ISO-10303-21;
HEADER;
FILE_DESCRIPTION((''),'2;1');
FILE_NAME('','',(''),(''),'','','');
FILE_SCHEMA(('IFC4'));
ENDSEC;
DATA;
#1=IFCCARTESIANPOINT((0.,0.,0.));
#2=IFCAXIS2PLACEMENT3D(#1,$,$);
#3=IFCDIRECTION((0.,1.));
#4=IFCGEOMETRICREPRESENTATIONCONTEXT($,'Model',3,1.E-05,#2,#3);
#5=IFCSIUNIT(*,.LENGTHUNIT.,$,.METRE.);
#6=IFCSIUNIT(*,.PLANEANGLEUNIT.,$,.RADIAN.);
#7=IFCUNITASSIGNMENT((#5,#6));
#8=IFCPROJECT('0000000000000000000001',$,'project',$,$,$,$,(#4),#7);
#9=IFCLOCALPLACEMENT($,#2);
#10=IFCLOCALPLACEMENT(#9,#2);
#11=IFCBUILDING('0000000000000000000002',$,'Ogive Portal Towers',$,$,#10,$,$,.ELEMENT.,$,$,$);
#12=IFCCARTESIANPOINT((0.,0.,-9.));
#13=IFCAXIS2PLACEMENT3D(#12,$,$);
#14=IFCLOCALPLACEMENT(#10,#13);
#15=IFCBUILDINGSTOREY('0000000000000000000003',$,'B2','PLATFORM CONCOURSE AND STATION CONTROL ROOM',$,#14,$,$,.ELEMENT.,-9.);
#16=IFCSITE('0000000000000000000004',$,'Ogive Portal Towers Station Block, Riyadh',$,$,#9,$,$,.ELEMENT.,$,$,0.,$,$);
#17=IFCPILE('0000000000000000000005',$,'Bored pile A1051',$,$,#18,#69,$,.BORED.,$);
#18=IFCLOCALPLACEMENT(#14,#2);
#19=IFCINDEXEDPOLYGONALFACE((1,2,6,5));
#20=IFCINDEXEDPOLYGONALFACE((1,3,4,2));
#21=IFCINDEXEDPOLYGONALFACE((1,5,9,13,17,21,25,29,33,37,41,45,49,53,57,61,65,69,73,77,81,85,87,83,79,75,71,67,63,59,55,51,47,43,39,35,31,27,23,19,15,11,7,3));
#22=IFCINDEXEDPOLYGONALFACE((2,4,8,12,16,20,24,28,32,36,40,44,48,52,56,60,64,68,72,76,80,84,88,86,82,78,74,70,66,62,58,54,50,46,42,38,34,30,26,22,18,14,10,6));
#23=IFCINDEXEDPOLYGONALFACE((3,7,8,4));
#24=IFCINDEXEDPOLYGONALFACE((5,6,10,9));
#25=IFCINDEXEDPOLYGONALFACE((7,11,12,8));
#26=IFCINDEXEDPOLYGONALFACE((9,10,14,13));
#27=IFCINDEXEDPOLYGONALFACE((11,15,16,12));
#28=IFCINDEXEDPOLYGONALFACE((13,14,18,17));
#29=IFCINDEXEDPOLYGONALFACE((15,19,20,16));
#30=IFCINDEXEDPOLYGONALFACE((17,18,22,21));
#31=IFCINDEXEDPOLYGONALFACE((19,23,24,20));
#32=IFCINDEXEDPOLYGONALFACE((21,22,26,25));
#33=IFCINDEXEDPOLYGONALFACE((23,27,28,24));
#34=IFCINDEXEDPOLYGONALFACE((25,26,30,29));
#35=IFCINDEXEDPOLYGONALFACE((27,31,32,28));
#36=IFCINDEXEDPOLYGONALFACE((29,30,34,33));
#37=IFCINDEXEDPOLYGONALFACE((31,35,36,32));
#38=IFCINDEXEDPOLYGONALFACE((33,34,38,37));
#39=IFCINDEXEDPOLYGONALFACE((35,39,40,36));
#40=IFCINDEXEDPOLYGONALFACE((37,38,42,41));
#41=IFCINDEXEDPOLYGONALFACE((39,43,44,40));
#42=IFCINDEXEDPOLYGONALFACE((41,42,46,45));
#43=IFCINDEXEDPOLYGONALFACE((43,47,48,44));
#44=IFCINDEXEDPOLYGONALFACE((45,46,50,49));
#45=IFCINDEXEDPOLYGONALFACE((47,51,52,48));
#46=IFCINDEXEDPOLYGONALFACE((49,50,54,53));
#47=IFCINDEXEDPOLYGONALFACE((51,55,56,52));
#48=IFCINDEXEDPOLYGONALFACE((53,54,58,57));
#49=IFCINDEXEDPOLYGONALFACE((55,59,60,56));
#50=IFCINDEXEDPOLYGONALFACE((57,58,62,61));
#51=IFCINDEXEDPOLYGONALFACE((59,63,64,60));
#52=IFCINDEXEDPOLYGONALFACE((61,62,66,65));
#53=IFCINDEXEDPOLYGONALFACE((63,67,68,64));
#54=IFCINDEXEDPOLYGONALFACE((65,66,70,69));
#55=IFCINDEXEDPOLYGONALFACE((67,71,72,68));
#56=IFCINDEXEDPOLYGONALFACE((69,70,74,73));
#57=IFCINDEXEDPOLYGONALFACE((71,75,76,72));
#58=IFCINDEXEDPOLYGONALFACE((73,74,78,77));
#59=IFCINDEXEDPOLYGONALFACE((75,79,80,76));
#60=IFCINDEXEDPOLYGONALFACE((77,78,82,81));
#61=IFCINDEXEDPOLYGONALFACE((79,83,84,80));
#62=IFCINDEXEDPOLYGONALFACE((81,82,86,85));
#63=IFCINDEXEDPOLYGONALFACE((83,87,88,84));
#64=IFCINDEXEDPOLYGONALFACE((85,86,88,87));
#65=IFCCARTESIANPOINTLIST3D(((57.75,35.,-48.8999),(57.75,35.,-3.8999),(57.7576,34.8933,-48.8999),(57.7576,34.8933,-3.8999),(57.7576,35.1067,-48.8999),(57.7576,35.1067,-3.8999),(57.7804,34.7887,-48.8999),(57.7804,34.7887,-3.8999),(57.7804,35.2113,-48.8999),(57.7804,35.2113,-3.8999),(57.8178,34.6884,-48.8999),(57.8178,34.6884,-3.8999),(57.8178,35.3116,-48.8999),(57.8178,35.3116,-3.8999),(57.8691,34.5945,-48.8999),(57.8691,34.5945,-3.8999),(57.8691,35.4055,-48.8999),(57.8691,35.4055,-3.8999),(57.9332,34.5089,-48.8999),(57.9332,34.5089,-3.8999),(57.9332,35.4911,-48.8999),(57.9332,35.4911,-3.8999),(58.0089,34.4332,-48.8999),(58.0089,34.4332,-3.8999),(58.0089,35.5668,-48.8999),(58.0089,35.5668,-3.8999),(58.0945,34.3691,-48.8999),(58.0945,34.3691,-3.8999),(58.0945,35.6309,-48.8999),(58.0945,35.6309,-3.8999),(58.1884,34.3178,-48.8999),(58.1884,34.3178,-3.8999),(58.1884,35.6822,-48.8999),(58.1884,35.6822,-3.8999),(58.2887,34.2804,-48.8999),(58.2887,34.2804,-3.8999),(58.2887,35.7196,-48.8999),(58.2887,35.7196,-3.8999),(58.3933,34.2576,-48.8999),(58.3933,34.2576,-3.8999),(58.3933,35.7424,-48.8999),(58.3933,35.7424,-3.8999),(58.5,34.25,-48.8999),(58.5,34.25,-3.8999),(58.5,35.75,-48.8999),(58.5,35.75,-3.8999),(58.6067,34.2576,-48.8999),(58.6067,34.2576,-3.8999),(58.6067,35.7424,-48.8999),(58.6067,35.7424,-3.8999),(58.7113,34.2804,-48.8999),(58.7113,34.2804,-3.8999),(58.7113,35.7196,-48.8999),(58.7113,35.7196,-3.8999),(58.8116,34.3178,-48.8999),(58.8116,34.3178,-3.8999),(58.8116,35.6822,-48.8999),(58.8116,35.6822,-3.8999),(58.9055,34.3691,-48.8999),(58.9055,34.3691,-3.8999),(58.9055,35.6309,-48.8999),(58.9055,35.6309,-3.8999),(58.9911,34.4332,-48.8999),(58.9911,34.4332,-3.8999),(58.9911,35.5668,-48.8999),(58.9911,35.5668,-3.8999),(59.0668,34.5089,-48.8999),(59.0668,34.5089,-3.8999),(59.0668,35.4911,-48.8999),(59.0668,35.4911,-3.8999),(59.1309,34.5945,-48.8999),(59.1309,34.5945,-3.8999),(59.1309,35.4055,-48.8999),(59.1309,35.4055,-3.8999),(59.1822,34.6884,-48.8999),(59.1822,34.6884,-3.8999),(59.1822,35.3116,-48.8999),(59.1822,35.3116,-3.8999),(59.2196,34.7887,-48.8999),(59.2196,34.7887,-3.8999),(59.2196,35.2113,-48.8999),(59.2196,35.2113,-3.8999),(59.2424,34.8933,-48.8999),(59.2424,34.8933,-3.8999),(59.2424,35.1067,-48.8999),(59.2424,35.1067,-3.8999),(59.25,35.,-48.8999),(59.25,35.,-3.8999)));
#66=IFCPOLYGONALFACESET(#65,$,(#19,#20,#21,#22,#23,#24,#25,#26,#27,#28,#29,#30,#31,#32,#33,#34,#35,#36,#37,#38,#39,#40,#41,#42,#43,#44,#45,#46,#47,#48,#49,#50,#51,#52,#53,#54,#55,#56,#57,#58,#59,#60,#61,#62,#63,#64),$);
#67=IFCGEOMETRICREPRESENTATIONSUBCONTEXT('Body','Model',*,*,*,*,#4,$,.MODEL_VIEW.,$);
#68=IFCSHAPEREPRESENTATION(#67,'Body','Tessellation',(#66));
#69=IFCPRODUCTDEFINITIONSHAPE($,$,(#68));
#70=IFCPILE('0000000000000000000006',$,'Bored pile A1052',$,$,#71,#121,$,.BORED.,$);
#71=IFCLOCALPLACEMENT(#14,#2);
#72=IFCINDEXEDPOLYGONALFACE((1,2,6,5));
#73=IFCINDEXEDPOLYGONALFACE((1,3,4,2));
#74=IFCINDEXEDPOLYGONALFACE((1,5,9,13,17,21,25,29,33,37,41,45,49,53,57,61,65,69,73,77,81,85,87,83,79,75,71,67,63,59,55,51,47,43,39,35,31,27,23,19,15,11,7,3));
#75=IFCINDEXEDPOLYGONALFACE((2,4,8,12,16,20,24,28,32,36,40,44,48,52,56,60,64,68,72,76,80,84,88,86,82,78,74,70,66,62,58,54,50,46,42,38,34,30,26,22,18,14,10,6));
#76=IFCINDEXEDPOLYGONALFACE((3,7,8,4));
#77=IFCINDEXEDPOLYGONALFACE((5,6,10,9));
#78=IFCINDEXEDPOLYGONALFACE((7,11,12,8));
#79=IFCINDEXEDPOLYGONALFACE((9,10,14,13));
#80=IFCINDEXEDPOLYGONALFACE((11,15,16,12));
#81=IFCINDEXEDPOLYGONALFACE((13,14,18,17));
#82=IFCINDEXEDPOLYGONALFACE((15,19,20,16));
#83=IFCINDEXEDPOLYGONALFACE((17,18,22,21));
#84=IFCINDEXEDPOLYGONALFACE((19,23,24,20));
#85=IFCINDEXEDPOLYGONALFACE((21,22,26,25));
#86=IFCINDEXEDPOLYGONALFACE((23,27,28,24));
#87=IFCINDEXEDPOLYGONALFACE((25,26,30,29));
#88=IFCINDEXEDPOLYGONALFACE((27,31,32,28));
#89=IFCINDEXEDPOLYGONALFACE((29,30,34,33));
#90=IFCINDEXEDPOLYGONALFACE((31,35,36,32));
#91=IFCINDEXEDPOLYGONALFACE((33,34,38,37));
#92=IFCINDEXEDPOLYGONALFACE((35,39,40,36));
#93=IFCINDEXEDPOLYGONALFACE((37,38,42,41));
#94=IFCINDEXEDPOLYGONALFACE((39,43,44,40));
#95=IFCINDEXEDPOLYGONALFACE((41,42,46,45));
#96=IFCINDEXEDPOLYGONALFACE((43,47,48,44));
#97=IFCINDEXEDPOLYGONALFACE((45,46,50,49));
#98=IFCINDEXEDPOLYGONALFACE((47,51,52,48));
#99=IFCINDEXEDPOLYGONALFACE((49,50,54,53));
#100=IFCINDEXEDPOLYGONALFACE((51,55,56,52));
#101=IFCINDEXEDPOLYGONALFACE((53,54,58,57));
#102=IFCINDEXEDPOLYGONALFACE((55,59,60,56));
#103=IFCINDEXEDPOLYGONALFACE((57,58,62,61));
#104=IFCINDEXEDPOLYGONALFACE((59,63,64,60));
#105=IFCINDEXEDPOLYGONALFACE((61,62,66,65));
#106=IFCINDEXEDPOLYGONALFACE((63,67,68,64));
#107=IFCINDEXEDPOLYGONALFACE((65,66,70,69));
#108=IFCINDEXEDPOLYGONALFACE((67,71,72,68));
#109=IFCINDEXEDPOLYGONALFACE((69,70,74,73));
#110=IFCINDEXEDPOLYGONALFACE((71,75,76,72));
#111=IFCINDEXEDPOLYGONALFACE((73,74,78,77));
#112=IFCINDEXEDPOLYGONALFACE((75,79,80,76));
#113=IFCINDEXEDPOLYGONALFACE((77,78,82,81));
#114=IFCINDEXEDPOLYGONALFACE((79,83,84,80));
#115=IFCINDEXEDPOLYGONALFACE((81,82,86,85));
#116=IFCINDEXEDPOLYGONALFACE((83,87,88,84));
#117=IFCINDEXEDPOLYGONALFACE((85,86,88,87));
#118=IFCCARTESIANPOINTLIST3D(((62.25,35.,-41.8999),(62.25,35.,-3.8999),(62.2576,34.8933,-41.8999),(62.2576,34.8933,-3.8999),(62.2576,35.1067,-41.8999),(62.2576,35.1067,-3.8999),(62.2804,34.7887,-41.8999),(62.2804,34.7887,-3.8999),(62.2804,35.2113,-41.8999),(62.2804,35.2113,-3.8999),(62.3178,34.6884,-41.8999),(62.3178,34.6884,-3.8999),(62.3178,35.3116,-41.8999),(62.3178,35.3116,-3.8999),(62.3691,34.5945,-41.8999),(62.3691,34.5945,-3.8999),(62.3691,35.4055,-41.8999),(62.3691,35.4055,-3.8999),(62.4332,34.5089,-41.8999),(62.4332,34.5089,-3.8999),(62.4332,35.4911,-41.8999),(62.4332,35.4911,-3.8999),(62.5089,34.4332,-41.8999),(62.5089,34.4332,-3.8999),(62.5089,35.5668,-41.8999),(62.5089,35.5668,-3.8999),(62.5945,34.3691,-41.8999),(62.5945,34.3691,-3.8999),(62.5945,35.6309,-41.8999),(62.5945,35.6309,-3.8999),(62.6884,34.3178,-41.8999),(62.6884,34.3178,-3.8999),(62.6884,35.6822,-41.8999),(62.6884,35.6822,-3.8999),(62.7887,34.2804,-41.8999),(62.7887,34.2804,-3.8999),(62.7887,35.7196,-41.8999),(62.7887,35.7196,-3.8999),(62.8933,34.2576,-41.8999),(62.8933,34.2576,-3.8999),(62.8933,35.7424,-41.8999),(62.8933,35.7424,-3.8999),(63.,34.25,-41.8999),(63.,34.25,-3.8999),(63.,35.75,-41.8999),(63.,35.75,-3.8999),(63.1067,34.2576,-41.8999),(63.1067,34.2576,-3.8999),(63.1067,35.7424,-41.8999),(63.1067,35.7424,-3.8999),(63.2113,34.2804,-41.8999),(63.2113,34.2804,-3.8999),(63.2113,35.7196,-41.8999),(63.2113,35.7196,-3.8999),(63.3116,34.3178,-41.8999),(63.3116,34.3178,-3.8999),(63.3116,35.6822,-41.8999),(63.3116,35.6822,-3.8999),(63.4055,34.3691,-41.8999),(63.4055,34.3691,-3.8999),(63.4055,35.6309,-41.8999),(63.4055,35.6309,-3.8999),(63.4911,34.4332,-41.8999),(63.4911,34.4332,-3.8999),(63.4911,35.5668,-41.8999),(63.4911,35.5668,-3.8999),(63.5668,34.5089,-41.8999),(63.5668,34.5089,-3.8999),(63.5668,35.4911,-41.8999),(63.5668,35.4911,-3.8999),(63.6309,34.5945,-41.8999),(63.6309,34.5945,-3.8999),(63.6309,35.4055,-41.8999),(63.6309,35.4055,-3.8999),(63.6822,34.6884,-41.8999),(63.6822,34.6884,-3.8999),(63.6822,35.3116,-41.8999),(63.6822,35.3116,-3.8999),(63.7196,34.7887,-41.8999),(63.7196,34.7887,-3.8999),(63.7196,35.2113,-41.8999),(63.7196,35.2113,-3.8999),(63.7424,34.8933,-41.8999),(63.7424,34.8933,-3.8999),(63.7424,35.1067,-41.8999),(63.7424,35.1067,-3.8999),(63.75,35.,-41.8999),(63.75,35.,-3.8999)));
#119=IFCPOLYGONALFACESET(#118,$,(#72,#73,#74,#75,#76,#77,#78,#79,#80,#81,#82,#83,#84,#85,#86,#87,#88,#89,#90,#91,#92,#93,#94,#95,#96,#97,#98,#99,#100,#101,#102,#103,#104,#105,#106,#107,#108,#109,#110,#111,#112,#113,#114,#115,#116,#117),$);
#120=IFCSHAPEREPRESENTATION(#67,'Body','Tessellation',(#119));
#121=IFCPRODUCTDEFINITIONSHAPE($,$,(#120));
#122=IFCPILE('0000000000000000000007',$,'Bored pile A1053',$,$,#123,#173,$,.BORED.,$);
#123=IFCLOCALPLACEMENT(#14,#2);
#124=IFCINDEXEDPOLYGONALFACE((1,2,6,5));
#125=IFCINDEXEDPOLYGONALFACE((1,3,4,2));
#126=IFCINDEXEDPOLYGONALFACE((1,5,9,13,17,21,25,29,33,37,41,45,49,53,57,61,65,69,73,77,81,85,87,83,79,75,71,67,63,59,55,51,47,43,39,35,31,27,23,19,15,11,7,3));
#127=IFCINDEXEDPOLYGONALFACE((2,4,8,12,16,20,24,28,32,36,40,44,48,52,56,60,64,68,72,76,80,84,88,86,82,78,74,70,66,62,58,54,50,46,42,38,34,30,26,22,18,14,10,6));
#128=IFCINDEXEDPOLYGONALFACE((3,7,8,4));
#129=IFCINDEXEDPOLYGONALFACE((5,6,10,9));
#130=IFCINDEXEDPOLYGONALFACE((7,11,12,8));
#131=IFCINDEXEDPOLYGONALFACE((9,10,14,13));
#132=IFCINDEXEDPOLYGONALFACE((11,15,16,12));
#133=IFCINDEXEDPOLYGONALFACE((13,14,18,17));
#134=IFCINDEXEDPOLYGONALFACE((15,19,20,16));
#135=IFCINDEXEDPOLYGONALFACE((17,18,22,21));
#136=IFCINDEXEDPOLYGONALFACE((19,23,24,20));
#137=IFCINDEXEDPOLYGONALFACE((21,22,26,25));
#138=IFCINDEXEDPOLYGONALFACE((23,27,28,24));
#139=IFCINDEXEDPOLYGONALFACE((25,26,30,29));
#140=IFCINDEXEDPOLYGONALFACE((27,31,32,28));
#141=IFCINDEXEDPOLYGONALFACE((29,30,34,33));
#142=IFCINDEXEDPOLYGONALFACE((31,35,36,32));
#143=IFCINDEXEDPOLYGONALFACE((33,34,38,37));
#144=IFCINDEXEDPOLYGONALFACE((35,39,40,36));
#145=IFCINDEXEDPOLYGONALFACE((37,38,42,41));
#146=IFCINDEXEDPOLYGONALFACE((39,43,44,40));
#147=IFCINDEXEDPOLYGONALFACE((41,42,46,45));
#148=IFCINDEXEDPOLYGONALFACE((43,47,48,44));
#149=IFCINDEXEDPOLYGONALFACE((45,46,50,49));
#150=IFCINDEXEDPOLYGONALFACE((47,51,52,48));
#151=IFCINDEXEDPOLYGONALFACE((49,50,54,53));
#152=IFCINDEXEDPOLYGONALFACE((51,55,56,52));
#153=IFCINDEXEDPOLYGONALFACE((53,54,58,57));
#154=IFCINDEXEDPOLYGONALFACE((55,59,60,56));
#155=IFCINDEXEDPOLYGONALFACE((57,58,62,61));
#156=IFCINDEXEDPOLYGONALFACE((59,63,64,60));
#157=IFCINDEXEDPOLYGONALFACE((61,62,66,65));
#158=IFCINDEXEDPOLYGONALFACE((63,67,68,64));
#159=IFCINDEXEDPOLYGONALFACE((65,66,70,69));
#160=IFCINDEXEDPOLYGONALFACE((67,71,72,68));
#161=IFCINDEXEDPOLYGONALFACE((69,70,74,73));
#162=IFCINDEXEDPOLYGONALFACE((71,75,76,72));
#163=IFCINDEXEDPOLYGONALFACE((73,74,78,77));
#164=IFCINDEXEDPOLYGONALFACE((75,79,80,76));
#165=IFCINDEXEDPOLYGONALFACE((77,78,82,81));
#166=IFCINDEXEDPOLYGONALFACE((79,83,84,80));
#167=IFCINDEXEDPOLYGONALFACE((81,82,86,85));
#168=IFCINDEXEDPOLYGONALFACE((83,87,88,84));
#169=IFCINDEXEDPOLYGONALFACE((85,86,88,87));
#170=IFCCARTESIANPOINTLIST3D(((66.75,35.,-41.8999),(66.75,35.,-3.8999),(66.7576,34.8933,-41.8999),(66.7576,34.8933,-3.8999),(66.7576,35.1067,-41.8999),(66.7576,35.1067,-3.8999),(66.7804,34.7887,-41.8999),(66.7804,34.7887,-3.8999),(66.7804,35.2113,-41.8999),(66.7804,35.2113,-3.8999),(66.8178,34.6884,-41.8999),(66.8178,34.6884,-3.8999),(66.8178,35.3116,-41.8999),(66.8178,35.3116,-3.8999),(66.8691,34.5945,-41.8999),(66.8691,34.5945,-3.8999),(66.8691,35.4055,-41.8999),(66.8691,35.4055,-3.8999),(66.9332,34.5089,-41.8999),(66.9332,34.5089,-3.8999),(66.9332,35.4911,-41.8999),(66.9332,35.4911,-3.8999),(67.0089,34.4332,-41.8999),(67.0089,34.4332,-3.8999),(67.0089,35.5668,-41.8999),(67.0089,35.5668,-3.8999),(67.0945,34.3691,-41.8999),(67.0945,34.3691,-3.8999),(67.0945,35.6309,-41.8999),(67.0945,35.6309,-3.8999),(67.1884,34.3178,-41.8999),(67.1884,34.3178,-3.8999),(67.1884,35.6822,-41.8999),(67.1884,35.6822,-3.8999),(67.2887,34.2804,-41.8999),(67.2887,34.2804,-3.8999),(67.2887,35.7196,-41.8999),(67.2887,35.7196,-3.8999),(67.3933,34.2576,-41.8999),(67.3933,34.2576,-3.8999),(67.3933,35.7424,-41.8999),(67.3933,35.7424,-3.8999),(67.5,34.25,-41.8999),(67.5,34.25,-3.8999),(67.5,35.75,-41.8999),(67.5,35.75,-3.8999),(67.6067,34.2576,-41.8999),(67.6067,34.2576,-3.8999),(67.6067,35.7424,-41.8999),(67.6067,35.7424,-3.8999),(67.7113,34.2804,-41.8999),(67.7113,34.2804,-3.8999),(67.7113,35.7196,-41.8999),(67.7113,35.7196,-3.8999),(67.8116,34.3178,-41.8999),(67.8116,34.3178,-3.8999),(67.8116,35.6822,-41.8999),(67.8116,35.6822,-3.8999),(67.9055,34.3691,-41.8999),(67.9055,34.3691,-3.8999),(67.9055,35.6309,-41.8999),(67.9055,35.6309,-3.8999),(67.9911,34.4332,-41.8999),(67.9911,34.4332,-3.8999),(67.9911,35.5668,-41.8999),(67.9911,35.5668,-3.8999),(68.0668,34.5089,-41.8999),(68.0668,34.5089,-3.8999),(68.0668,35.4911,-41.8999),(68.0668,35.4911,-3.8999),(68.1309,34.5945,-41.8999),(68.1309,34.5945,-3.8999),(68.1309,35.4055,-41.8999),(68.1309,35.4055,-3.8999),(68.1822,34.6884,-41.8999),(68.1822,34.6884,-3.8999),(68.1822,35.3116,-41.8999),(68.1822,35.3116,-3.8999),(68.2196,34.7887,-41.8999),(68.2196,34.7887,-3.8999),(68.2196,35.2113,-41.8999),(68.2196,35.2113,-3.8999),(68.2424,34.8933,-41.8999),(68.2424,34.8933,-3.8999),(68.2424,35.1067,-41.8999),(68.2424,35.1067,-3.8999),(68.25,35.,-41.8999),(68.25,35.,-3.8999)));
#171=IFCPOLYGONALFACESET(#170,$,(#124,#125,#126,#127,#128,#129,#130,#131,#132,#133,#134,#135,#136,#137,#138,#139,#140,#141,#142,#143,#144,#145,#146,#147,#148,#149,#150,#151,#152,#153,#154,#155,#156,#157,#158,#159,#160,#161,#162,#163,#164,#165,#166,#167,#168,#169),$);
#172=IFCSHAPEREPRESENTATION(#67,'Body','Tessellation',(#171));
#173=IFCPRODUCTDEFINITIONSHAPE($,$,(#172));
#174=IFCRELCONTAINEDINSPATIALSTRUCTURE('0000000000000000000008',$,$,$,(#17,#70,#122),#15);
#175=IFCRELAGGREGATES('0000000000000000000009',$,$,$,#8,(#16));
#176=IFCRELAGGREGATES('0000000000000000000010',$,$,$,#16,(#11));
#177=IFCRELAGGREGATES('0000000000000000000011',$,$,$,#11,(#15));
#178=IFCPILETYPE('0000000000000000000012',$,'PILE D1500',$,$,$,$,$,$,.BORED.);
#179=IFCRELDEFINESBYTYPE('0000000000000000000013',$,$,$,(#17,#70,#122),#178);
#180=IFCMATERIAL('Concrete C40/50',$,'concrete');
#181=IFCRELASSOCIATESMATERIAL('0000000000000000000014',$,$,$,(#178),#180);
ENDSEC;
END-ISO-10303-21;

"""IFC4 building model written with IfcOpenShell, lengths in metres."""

from ifc_helpers import new_model, si_unit, direction, frame, origin, origin_2d, place, context, subcontext, project, spatial, circle, extrude, material, material_profile, profile_set, type_object, element, save


model = new_model("IFC4")

# Units and contexts
model_context = context("Model", 3, precision=1e-05, world=origin(), true_north=direction((0.0, 1.0)))
body_context = subcontext(model_context, "Body", "Model", "MODEL_VIEW")
ifc_project = project(units=[si_unit("LENGTHUNIT", "METRE"), si_unit("PLANEANGLEUNIT", "RADIAN")], contexts=[model_context])

# Site, building, storey
site_placement = place(None, origin())
site = spatial("IfcSite", under=ifc_project, at=site_placement, Name="Ogive Portal Towers Station Block, Riyadh", CompositionType="ELEMENT", RefElevation=0.0)
building_placement = place(site_placement, origin())
building = spatial("IfcBuilding", under=site, at=building_placement, Name="Ogive Portal Towers", CompositionType="ELEMENT")
storey_placement = place(building_placement, frame((0.0, 0.0, -9.0)))
storey = spatial("IfcBuildingStorey", under=building, at=storey_placement, Name="B2", Description="PLATFORM CONCOURSE AND STATION CONTROL ROOM", CompositionType="ELEMENT", Elevation=-9.0)

# Piles
ifc_material_1 = material(Name="Concrete C40/50", Category="concrete")
ifc_material_profile_1 = material_profile(ifc_material_1, circle(Radius=0.75, at=origin_2d()), Name="PILE D1500")
ifc_profile_set_1 = profile_set([ifc_material_profile_1], Name="Concrete C40/50")
pile_type = type_object("IfcPileType", Name="PILE D1500", PredefinedType="BORED", material=ifc_profile_set_1)
pile_1_placement = place(storey_placement, frame((58.5, 35.0, -3.8999), z_axis=(0.0, 0.0, -1.0), x_axis=(1.0, 0.0, 0.0)))
element("IfcPile", 1, at=pile_1_placement, inside=storey, type_object=pile_type, Name="Bored pile A1051", PredefinedType="BORED", context=body_context, shape_type="SweptSolid", body=[
    extrude(circle(Radius=0.75, at=origin_2d()), origin(), (0.0, 0.0, 1.0), 45.0),
])
for number, where, z_axis, x_axis, name in (
    (2, (63.0, 35.0, -3.8999), (0.0, 0.0, -1.0), (1.0, 0.0, 0.0), "Bored pile A1052"),
    (3, (67.5, 35.0, -3.8999), (0.0, 0.0, -1.0), (1.0, 0.0, 0.0), "Bored pile A1053"),
):
    element("IfcPile", number, at=place(storey_placement, frame(where, z_axis=z_axis, x_axis=x_axis)), inside=storey, type_object=pile_type, Name=name, PredefinedType="BORED", context=body_context, shape_type="SweptSolid", body=[
        extrude(circle(Radius=0.75, at=origin_2d()), origin(), (0.0, 0.0, 1.0), 38.0),
    ])

save(model, "model.ifc")
